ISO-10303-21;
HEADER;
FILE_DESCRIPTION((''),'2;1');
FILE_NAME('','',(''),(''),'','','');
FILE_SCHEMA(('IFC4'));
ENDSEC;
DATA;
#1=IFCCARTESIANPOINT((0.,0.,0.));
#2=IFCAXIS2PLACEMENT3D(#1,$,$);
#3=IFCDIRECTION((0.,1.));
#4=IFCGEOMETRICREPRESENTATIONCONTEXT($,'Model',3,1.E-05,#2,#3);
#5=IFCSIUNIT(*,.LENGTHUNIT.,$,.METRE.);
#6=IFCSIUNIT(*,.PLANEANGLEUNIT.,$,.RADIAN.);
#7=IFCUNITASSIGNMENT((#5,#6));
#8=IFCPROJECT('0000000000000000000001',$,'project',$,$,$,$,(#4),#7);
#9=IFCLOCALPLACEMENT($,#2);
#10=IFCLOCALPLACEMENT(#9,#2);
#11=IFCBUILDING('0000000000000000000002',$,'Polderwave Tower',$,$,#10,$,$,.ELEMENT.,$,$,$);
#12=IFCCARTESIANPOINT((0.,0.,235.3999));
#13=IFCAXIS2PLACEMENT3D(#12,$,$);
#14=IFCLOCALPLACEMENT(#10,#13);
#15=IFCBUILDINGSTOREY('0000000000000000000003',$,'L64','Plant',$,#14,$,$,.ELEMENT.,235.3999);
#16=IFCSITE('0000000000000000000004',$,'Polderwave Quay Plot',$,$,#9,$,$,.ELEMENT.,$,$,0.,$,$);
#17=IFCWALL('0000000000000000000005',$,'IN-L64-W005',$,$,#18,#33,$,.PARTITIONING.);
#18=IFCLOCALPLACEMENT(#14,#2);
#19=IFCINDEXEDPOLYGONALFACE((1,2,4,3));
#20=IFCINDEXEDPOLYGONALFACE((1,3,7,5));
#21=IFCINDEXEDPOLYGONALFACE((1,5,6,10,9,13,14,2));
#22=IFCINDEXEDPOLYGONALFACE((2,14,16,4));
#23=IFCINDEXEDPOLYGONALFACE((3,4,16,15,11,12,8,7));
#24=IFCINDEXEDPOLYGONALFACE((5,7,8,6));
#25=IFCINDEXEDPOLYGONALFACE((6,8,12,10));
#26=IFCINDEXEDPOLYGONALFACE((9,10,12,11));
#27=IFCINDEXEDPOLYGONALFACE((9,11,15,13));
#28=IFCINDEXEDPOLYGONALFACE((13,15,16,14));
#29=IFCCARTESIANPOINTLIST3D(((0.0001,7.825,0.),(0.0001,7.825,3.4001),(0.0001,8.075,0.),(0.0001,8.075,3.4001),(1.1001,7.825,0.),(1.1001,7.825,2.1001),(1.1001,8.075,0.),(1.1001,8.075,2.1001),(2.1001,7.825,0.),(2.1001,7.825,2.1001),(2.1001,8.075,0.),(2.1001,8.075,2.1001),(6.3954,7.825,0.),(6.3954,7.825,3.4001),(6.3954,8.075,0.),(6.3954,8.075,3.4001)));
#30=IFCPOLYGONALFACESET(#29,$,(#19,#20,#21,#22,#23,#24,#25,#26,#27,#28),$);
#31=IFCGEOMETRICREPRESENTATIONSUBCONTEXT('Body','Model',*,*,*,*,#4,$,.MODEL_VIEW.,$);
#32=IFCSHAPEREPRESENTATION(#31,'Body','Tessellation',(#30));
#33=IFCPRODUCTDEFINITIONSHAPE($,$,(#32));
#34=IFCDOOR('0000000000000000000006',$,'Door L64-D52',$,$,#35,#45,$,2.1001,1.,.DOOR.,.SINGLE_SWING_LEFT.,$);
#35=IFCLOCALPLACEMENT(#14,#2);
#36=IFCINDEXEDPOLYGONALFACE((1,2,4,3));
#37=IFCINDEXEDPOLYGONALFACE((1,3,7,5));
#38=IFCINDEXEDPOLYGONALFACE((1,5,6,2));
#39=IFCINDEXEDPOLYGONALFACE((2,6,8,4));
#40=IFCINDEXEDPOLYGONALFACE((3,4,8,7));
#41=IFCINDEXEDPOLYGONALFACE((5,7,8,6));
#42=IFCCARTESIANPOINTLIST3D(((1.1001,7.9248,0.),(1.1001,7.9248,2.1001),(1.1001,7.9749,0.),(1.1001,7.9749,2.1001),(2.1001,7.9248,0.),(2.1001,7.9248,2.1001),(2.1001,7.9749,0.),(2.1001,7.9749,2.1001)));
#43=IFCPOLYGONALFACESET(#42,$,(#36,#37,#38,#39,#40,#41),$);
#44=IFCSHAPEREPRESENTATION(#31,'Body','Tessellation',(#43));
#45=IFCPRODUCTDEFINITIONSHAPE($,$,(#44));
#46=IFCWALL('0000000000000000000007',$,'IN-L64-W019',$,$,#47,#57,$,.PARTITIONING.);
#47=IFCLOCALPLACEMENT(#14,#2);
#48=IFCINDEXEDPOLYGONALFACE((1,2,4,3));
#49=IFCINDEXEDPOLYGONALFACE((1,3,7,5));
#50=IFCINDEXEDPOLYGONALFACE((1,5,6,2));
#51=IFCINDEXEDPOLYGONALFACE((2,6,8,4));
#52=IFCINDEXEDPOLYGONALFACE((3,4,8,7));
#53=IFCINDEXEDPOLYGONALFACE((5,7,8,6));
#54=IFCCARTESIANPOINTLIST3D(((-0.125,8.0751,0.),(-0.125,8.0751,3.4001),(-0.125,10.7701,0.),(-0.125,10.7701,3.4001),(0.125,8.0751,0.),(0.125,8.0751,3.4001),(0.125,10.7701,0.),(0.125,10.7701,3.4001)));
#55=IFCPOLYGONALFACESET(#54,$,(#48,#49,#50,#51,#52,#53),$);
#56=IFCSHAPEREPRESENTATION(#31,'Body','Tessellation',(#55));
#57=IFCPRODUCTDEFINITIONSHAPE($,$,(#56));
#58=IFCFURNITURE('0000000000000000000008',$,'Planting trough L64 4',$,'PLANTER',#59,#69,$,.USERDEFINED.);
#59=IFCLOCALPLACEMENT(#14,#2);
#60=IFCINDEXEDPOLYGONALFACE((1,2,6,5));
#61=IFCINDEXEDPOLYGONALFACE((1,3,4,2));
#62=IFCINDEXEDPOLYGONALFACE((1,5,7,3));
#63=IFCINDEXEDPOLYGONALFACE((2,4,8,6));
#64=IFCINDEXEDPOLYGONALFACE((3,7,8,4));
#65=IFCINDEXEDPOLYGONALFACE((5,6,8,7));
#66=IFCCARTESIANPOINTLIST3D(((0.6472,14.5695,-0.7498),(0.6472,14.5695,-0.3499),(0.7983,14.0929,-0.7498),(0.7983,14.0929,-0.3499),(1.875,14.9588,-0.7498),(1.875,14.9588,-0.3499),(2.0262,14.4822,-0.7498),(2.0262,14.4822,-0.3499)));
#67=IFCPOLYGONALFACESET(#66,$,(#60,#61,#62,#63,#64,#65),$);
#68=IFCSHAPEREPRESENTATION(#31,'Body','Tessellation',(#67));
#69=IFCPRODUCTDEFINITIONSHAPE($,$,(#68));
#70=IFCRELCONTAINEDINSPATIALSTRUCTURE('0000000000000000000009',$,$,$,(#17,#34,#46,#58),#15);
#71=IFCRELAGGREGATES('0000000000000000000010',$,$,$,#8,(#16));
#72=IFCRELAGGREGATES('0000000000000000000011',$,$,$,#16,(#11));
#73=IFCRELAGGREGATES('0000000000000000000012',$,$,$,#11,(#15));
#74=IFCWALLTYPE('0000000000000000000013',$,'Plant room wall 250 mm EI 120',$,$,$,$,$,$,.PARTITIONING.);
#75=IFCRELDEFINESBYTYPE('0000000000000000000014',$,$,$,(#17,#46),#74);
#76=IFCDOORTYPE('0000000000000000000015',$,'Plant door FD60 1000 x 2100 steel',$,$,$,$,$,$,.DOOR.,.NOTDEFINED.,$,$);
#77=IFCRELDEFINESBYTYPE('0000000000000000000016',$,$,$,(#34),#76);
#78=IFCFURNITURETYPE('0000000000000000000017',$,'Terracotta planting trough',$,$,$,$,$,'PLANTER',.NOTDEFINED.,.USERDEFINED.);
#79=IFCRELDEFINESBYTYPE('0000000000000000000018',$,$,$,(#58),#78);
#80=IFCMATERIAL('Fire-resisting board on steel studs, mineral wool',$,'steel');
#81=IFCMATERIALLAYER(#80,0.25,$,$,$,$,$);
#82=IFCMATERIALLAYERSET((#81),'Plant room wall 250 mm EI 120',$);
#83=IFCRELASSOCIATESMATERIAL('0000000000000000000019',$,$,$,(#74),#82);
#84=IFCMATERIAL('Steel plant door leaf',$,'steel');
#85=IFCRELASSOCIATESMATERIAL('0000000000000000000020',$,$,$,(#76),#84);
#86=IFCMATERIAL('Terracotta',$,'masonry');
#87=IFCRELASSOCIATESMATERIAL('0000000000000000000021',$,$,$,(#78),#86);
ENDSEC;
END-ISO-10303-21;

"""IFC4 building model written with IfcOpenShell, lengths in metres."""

from ifc_helpers import new_model, si_unit, direction, frame, frame_2d, origin, origin_2d, place, context, subcontext, project, spatial, rectangle, extrude, material, layer, layer_set, type_object, element, fill, save


model = new_model("IFC4")

# Units and contexts
model_context = context("Model", 3, precision=1e-05, world=origin(), true_north=direction((0.0, 1.0)))
body_context = subcontext(model_context, "Body", "Model", "MODEL_VIEW")
ifc_project = project(units=[si_unit("LENGTHUNIT", "METRE"), si_unit("PLANEANGLEUNIT", "RADIAN")], contexts=[model_context])

# Site, building, storey
site_placement = place(None, origin())
site = spatial("IfcSite", under=ifc_project, at=site_placement, Name="Polderwave Quay Plot", CompositionType="ELEMENT", RefElevation=0.0)
building_placement = place(site_placement, origin())
building = spatial("IfcBuilding", under=site, at=building_placement, Name="Polderwave Tower", CompositionType="ELEMENT")
storey_placement = place(building_placement, frame((0.0, 0.0, 235.3999)))
storey = spatial("IfcBuildingStorey", under=building, at=storey_placement, Name="L64", Description="Plant", CompositionType="ELEMENT", Elevation=235.3999)

# Wall, opening, door
ifc_material_1 = material(Name="Fire-resisting board on steel studs, mineral wool", Category="steel")
ifc_layer_1 = layer(ifc_material_1, 0.25)
ifc_layer_set_1 = layer_set([ifc_layer_1], Name="Plant room wall 250 mm EI 120")
wall_type = type_object("IfcWallType", Name="Plant room wall 250 mm EI 120", PredefinedType="PARTITIONING", material=ifc_layer_set_1)
wall_1_placement = place(storey_placement, frame((0.0, 7.95, 0.0), z_axis=(0.0, 0.0, 1.0), x_axis=(1.0, 0.0, 0.0)))
wall_1 = element("IfcWall", 1, at=wall_1_placement, inside=storey, type_object=wall_type, Name="IN-L64-W005", PredefinedType="PARTITIONING", context=body_context, shape_type="SweptSolid", body=[
    extrude(rectangle(XDim=6.3953, YDim=0.25, at=frame_2d((3.1978, 0.0))), origin(), (0.0, 0.0, 1.0), 3.4001),
])
opening_placement = place(wall_1_placement, frame((1.1001, 0.0, 0.0)))
opening = element("IfcOpeningElement", 2, at=opening_placement, cuts=wall_1, PredefinedType="OPENING", context=body_context, shape_type="SweptSolid", body=[
    extrude(rectangle(XDim=1.0, YDim=2.1001, at=frame_2d((0.5, 1.05))), frame((0.0, 0.135, 0.0), z_axis=(0.0, -1.0, 0.0), x_axis=(1.0, 0.0, 0.0)), (0.0, 0.0, 1.0), 0.27),
])
ifc_material_2 = material(Name="Steel plant door leaf", Category="steel")
door_type = type_object("IfcDoorType", Name="Plant door FD60 1000 x 2100 steel", OperationType="NOTDEFINED", PredefinedType="DOOR", material=ifc_material_2)
door_placement = place(opening_placement, origin())
door = element("IfcDoor", 3, at=door_placement, inside=storey, type_object=door_type, Name="Door L64-D52", OperationType="SINGLE_SWING_LEFT", OverallHeight=2.1001, OverallWidth=1.0, PredefinedType="DOOR", context=body_context, shape_type="SweptSolid", body=[
    extrude(rectangle(XDim=1.0, YDim=2.1001, at=frame_2d((0.5, 1.05))), frame((0.0, 0.0249, 0.0), z_axis=(0.0, -1.0, 0.0), x_axis=(1.0, 0.0, 0.0)), (0.0, 0.0, 1.0), 0.05),
])
fill(opening, door)

# Wall
wall_2_placement = place(storey_placement, frame((0.0, 8.075, 0.0), z_axis=(0.0, 0.0, 1.0), x_axis=(0.0, 1.0, 0.0)))
element("IfcWall", 4, at=wall_2_placement, inside=storey, type_object=wall_type, Name="IN-L64-W019", PredefinedType="PARTITIONING", context=body_context, shape_type="SweptSolid", body=[
    extrude(rectangle(XDim=2.6951, YDim=0.25, at=frame_2d((1.3477, 0.0))), origin(), (0.0, 0.0, 1.0), 3.4001),
])

# Furniture
ifc_material_3 = material(Name="Terracotta", Category="masonry")
furniture_type = type_object("IfcFurnitureType", Name="Terracotta planting trough", ElementType="PLANTER", AssemblyPlace="NOTDEFINED", PredefinedType="USERDEFINED", material=ifc_material_3)
furniture_placement = place(storey_placement, frame((1.3367, 14.5259, -0.7498), z_axis=(0.0, 0.0, 1.0), x_axis=(-0.953238, -0.30222, 0.0)))
element("IfcFurniture", 5, at=furniture_placement, inside=storey, type_object=furniture_type, Name="Planting trough L64 4", ObjectType="PLANTER", PredefinedType="USERDEFINED", context=body_context, shape_type="SweptSolid", body=[
    extrude(rectangle(XDim=1.2881, YDim=0.5, at=origin_2d()), origin(), (0.0, 0.0, 1.0), 0.3999),
])

save(model, "model.ifc")
